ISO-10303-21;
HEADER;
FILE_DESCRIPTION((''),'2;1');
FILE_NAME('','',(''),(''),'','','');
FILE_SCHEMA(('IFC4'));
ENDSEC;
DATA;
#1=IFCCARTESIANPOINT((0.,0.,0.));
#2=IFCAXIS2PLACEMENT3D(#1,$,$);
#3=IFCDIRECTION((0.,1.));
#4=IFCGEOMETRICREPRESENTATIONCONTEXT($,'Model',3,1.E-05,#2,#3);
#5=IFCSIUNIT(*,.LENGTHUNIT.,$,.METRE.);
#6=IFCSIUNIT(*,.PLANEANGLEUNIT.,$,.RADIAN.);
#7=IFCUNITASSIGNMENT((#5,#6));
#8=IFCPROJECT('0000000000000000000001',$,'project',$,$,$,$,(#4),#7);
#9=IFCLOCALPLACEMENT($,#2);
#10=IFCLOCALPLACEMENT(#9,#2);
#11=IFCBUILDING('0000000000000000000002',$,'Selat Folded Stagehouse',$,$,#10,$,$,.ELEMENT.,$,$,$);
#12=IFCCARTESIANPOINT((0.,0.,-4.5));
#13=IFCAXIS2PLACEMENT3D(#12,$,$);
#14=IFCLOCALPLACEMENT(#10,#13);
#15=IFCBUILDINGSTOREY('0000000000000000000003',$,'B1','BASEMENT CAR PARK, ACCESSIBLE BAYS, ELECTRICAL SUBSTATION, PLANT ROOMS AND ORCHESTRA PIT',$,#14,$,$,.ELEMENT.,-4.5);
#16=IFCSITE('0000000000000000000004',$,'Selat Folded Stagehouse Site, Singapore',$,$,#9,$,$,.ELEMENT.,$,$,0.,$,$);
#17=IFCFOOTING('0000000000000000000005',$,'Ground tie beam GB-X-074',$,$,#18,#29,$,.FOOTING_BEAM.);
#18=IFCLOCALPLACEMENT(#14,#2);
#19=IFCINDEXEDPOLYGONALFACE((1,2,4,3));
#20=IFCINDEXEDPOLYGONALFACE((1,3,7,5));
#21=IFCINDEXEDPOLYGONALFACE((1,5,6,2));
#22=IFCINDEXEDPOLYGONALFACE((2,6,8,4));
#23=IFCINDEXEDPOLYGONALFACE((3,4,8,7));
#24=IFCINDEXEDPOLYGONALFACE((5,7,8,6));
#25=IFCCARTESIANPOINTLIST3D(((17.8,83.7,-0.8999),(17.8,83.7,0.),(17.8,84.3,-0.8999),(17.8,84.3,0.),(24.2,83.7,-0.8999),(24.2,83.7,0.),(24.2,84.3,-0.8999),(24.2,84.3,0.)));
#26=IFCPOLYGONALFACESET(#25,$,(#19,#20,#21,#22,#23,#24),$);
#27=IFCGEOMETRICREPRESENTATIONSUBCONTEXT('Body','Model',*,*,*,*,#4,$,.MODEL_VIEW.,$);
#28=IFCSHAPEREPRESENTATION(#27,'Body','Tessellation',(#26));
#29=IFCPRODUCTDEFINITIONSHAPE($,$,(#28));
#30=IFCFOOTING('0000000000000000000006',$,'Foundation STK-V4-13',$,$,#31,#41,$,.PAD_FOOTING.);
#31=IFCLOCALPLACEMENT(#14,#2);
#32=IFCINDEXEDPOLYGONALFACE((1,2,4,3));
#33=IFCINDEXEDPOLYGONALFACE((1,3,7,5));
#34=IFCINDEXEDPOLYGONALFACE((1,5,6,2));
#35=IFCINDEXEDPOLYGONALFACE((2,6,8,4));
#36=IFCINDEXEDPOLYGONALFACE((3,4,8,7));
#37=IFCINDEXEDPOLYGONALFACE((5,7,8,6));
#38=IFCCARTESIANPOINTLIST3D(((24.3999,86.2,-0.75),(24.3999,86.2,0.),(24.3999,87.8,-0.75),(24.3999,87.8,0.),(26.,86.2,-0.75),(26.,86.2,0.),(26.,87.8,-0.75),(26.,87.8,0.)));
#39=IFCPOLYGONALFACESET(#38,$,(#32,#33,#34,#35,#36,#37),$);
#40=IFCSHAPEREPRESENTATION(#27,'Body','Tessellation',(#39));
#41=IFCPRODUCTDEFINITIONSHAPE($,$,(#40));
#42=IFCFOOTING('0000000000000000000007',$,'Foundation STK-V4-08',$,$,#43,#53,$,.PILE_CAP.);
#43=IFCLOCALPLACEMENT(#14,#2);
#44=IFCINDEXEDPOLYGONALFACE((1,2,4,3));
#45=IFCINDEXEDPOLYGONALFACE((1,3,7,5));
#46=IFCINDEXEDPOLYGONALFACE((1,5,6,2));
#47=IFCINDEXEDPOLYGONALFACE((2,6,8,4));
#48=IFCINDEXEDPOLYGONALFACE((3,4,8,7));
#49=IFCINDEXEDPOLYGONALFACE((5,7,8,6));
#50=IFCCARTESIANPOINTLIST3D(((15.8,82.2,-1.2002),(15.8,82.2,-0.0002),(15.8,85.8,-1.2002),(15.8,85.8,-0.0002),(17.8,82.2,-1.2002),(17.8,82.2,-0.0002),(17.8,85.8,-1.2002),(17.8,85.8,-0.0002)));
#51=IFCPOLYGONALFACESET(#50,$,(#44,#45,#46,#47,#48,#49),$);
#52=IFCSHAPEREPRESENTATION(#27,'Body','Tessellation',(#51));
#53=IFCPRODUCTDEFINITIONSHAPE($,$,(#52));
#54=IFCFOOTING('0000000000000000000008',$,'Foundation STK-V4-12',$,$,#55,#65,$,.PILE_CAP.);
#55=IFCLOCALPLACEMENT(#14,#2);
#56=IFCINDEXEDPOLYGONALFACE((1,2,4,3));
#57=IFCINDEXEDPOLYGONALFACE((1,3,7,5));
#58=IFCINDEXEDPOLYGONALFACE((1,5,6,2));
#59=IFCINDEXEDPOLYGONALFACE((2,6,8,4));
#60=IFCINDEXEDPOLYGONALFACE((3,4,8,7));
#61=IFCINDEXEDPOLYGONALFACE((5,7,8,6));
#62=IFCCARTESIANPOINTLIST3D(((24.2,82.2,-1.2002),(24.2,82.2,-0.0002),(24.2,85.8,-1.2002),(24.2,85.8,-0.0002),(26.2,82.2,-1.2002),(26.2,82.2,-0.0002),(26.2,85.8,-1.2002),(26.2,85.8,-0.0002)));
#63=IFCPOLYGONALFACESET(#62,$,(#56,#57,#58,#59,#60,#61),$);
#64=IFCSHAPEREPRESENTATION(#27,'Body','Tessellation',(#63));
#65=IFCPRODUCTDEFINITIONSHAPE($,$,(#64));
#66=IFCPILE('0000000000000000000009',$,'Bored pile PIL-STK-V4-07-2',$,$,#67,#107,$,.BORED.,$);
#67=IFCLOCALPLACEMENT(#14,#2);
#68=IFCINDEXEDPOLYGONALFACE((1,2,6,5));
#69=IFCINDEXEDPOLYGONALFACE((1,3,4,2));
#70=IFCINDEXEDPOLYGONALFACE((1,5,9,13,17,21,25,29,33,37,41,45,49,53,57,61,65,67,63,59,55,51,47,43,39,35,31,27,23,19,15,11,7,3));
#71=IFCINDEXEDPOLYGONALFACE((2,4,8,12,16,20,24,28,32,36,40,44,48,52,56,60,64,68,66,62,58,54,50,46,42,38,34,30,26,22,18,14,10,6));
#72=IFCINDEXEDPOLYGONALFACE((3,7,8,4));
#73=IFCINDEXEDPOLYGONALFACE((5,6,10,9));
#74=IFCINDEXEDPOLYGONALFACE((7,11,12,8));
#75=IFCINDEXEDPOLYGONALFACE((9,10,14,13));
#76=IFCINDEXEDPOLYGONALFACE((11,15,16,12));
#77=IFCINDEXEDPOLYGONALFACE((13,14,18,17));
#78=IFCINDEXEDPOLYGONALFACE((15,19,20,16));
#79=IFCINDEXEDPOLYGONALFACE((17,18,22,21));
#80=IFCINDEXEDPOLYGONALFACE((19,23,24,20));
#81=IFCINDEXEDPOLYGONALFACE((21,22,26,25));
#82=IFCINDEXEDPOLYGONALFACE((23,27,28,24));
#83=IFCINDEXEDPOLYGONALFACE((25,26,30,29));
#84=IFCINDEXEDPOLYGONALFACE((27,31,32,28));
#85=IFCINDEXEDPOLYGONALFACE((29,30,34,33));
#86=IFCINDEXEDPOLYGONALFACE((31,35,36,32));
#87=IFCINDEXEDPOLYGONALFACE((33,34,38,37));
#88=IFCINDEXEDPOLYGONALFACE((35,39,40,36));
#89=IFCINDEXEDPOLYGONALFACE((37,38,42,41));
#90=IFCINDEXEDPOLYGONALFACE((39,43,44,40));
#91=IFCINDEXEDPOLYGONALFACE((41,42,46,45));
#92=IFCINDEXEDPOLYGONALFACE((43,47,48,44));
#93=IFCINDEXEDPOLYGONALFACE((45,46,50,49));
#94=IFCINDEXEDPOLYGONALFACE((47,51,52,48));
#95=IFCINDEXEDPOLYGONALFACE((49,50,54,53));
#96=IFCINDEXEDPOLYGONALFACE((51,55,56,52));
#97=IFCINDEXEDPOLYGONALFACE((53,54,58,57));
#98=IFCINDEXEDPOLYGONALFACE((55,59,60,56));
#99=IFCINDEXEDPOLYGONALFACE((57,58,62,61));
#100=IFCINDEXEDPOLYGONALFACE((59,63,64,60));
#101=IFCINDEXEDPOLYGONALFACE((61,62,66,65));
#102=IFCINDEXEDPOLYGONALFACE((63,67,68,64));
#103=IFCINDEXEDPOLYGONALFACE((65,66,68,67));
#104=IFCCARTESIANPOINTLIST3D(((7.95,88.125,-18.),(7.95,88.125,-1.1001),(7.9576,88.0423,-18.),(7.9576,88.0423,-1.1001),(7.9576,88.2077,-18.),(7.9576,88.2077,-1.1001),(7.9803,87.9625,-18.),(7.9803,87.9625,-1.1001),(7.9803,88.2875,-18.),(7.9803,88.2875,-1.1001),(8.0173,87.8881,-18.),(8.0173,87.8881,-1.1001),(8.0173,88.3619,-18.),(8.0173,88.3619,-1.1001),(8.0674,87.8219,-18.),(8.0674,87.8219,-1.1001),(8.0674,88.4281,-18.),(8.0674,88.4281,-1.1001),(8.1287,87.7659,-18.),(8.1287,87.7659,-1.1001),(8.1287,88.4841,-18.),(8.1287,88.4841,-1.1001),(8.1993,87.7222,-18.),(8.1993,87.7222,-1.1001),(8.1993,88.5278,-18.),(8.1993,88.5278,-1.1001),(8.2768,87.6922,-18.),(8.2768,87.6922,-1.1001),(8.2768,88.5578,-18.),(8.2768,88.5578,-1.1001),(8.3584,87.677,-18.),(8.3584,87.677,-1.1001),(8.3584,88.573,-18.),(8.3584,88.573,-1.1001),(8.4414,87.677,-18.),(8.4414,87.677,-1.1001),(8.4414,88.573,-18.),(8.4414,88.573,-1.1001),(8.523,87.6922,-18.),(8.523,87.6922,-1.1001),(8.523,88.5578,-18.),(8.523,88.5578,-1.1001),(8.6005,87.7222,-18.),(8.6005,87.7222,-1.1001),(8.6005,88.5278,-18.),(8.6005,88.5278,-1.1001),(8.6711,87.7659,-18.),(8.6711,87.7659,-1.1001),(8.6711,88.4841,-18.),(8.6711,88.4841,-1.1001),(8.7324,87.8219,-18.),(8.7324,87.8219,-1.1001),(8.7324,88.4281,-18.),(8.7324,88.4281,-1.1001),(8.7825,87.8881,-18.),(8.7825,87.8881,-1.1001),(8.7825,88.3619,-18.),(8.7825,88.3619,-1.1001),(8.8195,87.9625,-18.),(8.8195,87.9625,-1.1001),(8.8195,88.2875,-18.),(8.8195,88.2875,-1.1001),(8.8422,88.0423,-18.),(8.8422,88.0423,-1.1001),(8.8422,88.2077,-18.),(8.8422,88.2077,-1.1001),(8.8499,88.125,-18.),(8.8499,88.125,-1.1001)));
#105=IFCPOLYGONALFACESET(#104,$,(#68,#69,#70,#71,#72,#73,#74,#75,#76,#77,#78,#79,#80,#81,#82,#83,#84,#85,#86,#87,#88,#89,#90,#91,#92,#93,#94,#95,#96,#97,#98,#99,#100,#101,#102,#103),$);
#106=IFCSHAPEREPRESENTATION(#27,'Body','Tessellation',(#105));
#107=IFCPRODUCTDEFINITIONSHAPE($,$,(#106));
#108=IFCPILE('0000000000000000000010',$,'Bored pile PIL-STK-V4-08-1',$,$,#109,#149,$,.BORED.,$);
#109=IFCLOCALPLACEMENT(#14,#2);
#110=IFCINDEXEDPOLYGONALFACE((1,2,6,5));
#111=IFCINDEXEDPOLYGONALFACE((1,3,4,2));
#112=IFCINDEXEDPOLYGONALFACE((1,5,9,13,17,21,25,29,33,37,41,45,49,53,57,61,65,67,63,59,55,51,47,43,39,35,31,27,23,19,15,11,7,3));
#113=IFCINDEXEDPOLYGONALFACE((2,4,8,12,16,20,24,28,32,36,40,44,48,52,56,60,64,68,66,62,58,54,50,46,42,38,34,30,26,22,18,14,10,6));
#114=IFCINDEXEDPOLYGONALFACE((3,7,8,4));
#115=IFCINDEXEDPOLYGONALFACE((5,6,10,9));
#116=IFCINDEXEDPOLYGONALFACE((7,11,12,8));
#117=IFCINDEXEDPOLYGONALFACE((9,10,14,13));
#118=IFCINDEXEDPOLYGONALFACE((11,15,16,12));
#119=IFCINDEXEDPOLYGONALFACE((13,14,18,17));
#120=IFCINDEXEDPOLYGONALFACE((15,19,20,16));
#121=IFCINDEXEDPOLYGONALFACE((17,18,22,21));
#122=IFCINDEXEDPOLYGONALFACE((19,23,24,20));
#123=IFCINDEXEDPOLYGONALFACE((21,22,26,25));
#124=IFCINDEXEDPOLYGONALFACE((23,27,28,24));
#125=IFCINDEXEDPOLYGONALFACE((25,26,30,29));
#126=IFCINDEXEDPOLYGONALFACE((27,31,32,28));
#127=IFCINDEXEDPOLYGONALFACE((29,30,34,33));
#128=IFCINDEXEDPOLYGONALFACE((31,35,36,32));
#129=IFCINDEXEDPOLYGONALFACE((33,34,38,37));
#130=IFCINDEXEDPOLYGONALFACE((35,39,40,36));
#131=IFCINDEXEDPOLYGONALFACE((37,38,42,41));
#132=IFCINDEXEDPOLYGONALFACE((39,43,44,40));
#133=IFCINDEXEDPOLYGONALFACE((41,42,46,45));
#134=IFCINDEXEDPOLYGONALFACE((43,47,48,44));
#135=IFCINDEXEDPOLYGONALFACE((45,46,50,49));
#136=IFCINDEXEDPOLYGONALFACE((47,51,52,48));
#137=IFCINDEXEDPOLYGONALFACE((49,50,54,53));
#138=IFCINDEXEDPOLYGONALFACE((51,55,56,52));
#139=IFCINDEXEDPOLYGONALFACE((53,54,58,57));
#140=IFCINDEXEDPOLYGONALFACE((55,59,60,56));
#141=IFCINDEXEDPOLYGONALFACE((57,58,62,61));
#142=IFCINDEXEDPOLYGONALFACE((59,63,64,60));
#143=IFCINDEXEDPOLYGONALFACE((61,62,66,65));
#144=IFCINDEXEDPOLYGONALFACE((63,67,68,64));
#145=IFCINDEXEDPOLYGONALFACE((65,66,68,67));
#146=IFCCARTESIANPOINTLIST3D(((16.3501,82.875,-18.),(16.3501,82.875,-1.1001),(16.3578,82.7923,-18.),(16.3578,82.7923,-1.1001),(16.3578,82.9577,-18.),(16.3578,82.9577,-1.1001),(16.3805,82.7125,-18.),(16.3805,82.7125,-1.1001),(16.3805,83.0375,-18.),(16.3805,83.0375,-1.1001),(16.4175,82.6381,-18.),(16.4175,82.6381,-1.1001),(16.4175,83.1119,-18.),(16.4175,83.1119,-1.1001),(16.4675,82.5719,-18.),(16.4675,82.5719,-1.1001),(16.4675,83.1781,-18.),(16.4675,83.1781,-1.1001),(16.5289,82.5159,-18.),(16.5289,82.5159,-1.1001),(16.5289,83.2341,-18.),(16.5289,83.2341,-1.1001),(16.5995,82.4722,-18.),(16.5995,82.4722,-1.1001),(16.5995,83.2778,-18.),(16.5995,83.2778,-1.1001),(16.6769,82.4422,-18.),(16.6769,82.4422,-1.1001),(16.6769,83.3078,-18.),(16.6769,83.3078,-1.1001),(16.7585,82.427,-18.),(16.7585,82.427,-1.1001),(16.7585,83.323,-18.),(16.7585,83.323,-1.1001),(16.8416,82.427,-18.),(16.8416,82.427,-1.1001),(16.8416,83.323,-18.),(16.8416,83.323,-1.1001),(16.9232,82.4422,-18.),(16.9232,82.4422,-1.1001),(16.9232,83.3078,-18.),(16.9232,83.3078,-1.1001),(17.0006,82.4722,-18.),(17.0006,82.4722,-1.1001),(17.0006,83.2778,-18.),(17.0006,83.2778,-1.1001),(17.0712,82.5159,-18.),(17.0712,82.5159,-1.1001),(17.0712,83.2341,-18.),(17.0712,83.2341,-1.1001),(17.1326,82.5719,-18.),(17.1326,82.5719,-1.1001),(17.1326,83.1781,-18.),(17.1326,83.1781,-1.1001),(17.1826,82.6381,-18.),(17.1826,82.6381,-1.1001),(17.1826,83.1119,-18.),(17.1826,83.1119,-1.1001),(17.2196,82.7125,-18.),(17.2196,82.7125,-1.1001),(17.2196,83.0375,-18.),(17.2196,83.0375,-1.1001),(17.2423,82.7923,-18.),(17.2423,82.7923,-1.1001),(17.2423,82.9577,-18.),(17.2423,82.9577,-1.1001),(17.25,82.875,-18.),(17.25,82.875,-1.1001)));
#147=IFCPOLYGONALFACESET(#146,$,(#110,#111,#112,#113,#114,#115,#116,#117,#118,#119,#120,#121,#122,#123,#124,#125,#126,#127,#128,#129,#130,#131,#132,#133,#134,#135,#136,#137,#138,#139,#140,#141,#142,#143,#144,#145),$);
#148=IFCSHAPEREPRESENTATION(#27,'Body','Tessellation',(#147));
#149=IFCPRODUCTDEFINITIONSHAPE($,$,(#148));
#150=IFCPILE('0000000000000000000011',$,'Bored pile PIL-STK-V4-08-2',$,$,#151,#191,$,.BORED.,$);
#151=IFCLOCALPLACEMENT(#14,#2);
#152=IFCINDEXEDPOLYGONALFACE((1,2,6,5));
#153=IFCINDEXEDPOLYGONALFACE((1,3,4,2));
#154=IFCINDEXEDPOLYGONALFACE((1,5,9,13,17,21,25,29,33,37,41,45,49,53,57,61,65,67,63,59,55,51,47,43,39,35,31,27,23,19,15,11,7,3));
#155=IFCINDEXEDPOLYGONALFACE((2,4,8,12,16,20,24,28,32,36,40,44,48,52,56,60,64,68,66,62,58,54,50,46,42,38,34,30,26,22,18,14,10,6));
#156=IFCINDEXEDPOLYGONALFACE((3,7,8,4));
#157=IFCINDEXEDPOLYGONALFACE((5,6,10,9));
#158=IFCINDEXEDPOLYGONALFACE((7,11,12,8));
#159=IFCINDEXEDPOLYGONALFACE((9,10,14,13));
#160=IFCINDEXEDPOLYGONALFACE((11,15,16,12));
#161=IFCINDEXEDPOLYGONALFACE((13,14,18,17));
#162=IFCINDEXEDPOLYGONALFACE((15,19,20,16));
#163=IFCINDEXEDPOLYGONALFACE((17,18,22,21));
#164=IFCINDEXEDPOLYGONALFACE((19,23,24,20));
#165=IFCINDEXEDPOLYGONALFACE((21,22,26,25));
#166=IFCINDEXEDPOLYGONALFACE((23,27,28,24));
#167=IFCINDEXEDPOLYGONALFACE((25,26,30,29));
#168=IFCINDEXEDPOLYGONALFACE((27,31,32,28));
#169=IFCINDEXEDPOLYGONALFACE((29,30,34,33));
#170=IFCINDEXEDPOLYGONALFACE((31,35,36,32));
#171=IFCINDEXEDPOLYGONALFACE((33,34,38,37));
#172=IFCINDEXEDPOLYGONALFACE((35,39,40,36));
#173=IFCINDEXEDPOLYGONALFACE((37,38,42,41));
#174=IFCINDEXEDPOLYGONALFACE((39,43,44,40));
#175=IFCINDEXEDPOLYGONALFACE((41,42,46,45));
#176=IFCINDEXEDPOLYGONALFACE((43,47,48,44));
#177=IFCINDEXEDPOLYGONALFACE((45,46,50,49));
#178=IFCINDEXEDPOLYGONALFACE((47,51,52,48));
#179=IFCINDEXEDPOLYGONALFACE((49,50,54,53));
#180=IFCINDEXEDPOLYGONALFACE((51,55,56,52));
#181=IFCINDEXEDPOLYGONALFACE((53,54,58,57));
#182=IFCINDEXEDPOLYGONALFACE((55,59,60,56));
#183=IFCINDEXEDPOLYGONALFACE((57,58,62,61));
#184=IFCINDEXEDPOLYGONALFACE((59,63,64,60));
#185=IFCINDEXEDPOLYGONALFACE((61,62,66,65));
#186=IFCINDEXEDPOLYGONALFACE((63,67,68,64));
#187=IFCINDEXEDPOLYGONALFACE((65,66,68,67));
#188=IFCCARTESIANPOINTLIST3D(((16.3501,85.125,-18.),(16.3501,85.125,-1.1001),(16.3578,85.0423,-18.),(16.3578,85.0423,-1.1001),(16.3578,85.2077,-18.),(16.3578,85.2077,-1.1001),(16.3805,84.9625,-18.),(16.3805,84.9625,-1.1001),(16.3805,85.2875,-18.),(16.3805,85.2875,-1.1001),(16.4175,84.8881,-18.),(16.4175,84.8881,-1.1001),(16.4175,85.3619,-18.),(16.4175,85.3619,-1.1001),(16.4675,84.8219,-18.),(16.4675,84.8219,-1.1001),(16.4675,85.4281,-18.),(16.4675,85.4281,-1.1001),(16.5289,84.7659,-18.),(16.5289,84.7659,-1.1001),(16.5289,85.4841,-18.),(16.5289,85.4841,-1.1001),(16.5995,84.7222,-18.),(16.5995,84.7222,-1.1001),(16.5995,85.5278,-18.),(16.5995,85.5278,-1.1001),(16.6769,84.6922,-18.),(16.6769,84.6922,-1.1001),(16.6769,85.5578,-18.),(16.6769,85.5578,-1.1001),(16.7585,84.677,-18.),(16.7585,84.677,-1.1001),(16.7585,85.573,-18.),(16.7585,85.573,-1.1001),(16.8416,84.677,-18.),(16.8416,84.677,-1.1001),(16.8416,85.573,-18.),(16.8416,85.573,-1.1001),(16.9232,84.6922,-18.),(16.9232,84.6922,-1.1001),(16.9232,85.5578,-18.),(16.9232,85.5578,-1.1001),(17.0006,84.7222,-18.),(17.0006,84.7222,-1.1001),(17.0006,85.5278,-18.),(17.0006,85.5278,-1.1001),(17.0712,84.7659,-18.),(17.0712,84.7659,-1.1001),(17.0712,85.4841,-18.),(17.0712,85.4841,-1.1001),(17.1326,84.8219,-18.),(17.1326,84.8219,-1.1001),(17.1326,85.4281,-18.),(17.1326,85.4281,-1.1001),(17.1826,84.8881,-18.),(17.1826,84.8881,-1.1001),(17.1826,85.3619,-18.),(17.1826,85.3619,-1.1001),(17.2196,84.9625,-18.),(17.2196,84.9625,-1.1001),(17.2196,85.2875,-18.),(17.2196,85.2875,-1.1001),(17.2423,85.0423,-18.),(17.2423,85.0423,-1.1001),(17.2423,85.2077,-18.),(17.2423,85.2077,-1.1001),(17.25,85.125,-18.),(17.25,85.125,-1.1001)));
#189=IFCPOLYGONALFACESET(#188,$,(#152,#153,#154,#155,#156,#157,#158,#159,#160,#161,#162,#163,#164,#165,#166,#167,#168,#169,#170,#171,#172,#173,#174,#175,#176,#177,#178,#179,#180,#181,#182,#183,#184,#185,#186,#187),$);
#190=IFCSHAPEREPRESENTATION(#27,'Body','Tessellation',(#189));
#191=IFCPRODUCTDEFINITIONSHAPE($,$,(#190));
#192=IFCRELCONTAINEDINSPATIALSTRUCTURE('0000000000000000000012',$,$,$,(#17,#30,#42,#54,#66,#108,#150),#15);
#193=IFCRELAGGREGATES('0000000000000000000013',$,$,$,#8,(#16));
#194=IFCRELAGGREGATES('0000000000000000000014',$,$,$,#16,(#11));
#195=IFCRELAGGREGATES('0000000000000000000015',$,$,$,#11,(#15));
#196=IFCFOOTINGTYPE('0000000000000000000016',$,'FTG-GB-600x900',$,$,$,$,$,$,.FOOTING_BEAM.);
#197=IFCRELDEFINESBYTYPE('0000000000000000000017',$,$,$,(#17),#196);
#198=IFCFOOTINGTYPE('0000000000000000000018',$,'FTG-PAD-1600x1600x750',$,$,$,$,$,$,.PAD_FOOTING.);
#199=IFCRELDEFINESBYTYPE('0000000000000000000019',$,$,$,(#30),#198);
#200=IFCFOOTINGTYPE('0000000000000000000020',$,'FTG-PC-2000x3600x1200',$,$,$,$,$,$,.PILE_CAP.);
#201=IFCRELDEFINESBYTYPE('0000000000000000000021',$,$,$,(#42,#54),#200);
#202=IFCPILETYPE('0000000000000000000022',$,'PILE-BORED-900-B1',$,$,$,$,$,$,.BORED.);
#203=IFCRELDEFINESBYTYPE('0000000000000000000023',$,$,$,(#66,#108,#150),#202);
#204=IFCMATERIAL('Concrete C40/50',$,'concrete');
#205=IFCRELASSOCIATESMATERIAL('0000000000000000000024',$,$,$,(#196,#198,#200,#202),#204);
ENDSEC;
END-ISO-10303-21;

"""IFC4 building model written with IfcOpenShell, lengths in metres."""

from ifc_helpers import new_model, si_unit, direction, frame, origin, origin_2d, place, context, subcontext, project, spatial, rectangle, circle, extrude, material, material_profile, profile_set, type_object, element, save


model = new_model("IFC4")

# Units and contexts
model_context = context("Model", 3, precision=1e-05, world=origin(), true_north=direction((0.0, 1.0)))
body_context = subcontext(model_context, "Body", "Model", "MODEL_VIEW")
ifc_project = project(units=[si_unit("LENGTHUNIT", "METRE"), si_unit("PLANEANGLEUNIT", "RADIAN")], contexts=[model_context])

# Site, building, storey
site_placement = place(None, origin())
site = spatial("IfcSite", under=ifc_project, at=site_placement, Name="Selat Folded Stagehouse Site, Singapore", CompositionType="ELEMENT", RefElevation=0.0)
building_placement = place(site_placement, origin())
building = spatial("IfcBuilding", under=site, at=building_placement, Name="Selat Folded Stagehouse", CompositionType="ELEMENT")
storey_placement = place(building_placement, frame((0.0, 0.0, -4.5)))
storey = spatial("IfcBuildingStorey", under=building, at=storey_placement, Name="B1", Description="BASEMENT CAR PARK, ACCESSIBLE BAYS, ELECTRICAL SUBSTATION, PLANT ROOMS AND ORCHESTRA PIT", CompositionType="ELEMENT", Elevation=-4.5)

# Footings
ifc_material_1 = material(Name="Concrete C40/50", Category="concrete")
ifc_material_profile_1 = material_profile(ifc_material_1, rectangle(XDim=0.6001, YDim=0.8999, at=origin_2d()), Name="RC 900x600")
ifc_profile_set_1 = profile_set([ifc_material_profile_1], Name="Concrete C40/50")
footing_type_1 = type_object("IfcFootingType", Name="FTG-GB-600x900", PredefinedType="FOOTING_BEAM", material=ifc_profile_set_1)
footing_1_placement = place(storey_placement, frame((17.8, 84.0, -0.45), z_axis=(1.0, 0.0, 0.0), x_axis=(0.0, 1.0, 0.0)))
element("IfcFooting", 1, at=footing_1_placement, inside=storey, type_object=footing_type_1, Name="Ground tie beam GB-X-074", PredefinedType="FOOTING_BEAM", context=body_context, shape_type="SweptSolid", body=[
    extrude(rectangle(XDim=0.6001, YDim=0.8999, at=origin_2d()), origin(), (0.0, 0.0, 1.0), 6.3999),
])
footing_type_2 = type_object("IfcFootingType", Name="FTG-PAD-1600x1600x750", PredefinedType="PAD_FOOTING", material=ifc_material_1)
footing_2_placement = place(storey_placement, frame((25.2, 87.0, -0.75), z_axis=(0.0, 0.0, 1.0), x_axis=(1.0, 0.0, 0.0)))
element("IfcFooting", 2, at=footing_2_placement, inside=storey, type_object=footing_type_2, Name="Foundation STK-V4-13", PredefinedType="PAD_FOOTING", context=body_context, shape_type="SweptSolid", body=[
    extrude(rectangle(XDim=1.6001, YDim=1.6001, at=origin_2d()), origin(), (0.0, 0.0, 1.0), 0.75),
])
footing_type_3 = type_object("IfcFootingType", Name="FTG-PC-2000x3600x1200", PredefinedType="PILE_CAP", material=ifc_material_1)
for number, where, z_axis, x_axis, name in (
    (3, (16.8, 84.0, -1.2002), (0.0, 0.0, 1.0), (1.0, 0.0, 0.0), "Foundation STK-V4-08"),
    (4, (25.2, 84.0, -1.2002), (0.0, 0.0, 1.0), (1.0, 0.0, 0.0), "Foundation STK-V4-12"),
):
    element("IfcFooting", number, at=place(storey_placement, frame(where, z_axis=z_axis, x_axis=x_axis)), inside=storey, type_object=footing_type_3, Name=name, PredefinedType="PILE_CAP", context=body_context, shape_type="SweptSolid", body=[
        extrude(rectangle(XDim=2.0, YDim=3.6001, at=origin_2d()), origin(), (0.0, 0.0, 1.0), 1.2),
    ])

# Piles
ifc_material_profile_2 = material_profile(ifc_material_1, circle(Radius=0.45, at=origin_2d()), Name="PILE D900")
ifc_profile_set_2 = profile_set([ifc_material_profile_2], Name="Concrete C40/50")
pile_type = type_object("IfcPileType", Name="PILE-BORED-900-B1", PredefinedType="BORED", material=ifc_profile_set_2)
for number, where, z_axis, x_axis, name in (
    (5, (8.3999, 88.125, -1.1001), (0.0, 0.0, -1.0), (1.0, 0.0, 0.0), "Bored pile PIL-STK-V4-07-2"),
    (6, (16.8, 82.875, -1.1001), (0.0, 0.0, -1.0), (1.0, 0.0, 0.0), "Bored pile PIL-STK-V4-08-1"),
    (7, (16.8, 85.125, -1.1001), (0.0, 0.0, -1.0), (1.0, 0.0, 0.0), "Bored pile PIL-STK-V4-08-2"),
):
    element("IfcPile", number, at=place(storey_placement, frame(where, z_axis=z_axis, x_axis=x_axis)), inside=storey, type_object=pile_type, Name=name, PredefinedType="BORED", context=body_context, shape_type="SweptSolid", body=[
        extrude(circle(Radius=0.45, at=origin_2d()), origin(), (0.0, 0.0, 1.0), 16.8999),
    ])

save(model, "model.ifc")
